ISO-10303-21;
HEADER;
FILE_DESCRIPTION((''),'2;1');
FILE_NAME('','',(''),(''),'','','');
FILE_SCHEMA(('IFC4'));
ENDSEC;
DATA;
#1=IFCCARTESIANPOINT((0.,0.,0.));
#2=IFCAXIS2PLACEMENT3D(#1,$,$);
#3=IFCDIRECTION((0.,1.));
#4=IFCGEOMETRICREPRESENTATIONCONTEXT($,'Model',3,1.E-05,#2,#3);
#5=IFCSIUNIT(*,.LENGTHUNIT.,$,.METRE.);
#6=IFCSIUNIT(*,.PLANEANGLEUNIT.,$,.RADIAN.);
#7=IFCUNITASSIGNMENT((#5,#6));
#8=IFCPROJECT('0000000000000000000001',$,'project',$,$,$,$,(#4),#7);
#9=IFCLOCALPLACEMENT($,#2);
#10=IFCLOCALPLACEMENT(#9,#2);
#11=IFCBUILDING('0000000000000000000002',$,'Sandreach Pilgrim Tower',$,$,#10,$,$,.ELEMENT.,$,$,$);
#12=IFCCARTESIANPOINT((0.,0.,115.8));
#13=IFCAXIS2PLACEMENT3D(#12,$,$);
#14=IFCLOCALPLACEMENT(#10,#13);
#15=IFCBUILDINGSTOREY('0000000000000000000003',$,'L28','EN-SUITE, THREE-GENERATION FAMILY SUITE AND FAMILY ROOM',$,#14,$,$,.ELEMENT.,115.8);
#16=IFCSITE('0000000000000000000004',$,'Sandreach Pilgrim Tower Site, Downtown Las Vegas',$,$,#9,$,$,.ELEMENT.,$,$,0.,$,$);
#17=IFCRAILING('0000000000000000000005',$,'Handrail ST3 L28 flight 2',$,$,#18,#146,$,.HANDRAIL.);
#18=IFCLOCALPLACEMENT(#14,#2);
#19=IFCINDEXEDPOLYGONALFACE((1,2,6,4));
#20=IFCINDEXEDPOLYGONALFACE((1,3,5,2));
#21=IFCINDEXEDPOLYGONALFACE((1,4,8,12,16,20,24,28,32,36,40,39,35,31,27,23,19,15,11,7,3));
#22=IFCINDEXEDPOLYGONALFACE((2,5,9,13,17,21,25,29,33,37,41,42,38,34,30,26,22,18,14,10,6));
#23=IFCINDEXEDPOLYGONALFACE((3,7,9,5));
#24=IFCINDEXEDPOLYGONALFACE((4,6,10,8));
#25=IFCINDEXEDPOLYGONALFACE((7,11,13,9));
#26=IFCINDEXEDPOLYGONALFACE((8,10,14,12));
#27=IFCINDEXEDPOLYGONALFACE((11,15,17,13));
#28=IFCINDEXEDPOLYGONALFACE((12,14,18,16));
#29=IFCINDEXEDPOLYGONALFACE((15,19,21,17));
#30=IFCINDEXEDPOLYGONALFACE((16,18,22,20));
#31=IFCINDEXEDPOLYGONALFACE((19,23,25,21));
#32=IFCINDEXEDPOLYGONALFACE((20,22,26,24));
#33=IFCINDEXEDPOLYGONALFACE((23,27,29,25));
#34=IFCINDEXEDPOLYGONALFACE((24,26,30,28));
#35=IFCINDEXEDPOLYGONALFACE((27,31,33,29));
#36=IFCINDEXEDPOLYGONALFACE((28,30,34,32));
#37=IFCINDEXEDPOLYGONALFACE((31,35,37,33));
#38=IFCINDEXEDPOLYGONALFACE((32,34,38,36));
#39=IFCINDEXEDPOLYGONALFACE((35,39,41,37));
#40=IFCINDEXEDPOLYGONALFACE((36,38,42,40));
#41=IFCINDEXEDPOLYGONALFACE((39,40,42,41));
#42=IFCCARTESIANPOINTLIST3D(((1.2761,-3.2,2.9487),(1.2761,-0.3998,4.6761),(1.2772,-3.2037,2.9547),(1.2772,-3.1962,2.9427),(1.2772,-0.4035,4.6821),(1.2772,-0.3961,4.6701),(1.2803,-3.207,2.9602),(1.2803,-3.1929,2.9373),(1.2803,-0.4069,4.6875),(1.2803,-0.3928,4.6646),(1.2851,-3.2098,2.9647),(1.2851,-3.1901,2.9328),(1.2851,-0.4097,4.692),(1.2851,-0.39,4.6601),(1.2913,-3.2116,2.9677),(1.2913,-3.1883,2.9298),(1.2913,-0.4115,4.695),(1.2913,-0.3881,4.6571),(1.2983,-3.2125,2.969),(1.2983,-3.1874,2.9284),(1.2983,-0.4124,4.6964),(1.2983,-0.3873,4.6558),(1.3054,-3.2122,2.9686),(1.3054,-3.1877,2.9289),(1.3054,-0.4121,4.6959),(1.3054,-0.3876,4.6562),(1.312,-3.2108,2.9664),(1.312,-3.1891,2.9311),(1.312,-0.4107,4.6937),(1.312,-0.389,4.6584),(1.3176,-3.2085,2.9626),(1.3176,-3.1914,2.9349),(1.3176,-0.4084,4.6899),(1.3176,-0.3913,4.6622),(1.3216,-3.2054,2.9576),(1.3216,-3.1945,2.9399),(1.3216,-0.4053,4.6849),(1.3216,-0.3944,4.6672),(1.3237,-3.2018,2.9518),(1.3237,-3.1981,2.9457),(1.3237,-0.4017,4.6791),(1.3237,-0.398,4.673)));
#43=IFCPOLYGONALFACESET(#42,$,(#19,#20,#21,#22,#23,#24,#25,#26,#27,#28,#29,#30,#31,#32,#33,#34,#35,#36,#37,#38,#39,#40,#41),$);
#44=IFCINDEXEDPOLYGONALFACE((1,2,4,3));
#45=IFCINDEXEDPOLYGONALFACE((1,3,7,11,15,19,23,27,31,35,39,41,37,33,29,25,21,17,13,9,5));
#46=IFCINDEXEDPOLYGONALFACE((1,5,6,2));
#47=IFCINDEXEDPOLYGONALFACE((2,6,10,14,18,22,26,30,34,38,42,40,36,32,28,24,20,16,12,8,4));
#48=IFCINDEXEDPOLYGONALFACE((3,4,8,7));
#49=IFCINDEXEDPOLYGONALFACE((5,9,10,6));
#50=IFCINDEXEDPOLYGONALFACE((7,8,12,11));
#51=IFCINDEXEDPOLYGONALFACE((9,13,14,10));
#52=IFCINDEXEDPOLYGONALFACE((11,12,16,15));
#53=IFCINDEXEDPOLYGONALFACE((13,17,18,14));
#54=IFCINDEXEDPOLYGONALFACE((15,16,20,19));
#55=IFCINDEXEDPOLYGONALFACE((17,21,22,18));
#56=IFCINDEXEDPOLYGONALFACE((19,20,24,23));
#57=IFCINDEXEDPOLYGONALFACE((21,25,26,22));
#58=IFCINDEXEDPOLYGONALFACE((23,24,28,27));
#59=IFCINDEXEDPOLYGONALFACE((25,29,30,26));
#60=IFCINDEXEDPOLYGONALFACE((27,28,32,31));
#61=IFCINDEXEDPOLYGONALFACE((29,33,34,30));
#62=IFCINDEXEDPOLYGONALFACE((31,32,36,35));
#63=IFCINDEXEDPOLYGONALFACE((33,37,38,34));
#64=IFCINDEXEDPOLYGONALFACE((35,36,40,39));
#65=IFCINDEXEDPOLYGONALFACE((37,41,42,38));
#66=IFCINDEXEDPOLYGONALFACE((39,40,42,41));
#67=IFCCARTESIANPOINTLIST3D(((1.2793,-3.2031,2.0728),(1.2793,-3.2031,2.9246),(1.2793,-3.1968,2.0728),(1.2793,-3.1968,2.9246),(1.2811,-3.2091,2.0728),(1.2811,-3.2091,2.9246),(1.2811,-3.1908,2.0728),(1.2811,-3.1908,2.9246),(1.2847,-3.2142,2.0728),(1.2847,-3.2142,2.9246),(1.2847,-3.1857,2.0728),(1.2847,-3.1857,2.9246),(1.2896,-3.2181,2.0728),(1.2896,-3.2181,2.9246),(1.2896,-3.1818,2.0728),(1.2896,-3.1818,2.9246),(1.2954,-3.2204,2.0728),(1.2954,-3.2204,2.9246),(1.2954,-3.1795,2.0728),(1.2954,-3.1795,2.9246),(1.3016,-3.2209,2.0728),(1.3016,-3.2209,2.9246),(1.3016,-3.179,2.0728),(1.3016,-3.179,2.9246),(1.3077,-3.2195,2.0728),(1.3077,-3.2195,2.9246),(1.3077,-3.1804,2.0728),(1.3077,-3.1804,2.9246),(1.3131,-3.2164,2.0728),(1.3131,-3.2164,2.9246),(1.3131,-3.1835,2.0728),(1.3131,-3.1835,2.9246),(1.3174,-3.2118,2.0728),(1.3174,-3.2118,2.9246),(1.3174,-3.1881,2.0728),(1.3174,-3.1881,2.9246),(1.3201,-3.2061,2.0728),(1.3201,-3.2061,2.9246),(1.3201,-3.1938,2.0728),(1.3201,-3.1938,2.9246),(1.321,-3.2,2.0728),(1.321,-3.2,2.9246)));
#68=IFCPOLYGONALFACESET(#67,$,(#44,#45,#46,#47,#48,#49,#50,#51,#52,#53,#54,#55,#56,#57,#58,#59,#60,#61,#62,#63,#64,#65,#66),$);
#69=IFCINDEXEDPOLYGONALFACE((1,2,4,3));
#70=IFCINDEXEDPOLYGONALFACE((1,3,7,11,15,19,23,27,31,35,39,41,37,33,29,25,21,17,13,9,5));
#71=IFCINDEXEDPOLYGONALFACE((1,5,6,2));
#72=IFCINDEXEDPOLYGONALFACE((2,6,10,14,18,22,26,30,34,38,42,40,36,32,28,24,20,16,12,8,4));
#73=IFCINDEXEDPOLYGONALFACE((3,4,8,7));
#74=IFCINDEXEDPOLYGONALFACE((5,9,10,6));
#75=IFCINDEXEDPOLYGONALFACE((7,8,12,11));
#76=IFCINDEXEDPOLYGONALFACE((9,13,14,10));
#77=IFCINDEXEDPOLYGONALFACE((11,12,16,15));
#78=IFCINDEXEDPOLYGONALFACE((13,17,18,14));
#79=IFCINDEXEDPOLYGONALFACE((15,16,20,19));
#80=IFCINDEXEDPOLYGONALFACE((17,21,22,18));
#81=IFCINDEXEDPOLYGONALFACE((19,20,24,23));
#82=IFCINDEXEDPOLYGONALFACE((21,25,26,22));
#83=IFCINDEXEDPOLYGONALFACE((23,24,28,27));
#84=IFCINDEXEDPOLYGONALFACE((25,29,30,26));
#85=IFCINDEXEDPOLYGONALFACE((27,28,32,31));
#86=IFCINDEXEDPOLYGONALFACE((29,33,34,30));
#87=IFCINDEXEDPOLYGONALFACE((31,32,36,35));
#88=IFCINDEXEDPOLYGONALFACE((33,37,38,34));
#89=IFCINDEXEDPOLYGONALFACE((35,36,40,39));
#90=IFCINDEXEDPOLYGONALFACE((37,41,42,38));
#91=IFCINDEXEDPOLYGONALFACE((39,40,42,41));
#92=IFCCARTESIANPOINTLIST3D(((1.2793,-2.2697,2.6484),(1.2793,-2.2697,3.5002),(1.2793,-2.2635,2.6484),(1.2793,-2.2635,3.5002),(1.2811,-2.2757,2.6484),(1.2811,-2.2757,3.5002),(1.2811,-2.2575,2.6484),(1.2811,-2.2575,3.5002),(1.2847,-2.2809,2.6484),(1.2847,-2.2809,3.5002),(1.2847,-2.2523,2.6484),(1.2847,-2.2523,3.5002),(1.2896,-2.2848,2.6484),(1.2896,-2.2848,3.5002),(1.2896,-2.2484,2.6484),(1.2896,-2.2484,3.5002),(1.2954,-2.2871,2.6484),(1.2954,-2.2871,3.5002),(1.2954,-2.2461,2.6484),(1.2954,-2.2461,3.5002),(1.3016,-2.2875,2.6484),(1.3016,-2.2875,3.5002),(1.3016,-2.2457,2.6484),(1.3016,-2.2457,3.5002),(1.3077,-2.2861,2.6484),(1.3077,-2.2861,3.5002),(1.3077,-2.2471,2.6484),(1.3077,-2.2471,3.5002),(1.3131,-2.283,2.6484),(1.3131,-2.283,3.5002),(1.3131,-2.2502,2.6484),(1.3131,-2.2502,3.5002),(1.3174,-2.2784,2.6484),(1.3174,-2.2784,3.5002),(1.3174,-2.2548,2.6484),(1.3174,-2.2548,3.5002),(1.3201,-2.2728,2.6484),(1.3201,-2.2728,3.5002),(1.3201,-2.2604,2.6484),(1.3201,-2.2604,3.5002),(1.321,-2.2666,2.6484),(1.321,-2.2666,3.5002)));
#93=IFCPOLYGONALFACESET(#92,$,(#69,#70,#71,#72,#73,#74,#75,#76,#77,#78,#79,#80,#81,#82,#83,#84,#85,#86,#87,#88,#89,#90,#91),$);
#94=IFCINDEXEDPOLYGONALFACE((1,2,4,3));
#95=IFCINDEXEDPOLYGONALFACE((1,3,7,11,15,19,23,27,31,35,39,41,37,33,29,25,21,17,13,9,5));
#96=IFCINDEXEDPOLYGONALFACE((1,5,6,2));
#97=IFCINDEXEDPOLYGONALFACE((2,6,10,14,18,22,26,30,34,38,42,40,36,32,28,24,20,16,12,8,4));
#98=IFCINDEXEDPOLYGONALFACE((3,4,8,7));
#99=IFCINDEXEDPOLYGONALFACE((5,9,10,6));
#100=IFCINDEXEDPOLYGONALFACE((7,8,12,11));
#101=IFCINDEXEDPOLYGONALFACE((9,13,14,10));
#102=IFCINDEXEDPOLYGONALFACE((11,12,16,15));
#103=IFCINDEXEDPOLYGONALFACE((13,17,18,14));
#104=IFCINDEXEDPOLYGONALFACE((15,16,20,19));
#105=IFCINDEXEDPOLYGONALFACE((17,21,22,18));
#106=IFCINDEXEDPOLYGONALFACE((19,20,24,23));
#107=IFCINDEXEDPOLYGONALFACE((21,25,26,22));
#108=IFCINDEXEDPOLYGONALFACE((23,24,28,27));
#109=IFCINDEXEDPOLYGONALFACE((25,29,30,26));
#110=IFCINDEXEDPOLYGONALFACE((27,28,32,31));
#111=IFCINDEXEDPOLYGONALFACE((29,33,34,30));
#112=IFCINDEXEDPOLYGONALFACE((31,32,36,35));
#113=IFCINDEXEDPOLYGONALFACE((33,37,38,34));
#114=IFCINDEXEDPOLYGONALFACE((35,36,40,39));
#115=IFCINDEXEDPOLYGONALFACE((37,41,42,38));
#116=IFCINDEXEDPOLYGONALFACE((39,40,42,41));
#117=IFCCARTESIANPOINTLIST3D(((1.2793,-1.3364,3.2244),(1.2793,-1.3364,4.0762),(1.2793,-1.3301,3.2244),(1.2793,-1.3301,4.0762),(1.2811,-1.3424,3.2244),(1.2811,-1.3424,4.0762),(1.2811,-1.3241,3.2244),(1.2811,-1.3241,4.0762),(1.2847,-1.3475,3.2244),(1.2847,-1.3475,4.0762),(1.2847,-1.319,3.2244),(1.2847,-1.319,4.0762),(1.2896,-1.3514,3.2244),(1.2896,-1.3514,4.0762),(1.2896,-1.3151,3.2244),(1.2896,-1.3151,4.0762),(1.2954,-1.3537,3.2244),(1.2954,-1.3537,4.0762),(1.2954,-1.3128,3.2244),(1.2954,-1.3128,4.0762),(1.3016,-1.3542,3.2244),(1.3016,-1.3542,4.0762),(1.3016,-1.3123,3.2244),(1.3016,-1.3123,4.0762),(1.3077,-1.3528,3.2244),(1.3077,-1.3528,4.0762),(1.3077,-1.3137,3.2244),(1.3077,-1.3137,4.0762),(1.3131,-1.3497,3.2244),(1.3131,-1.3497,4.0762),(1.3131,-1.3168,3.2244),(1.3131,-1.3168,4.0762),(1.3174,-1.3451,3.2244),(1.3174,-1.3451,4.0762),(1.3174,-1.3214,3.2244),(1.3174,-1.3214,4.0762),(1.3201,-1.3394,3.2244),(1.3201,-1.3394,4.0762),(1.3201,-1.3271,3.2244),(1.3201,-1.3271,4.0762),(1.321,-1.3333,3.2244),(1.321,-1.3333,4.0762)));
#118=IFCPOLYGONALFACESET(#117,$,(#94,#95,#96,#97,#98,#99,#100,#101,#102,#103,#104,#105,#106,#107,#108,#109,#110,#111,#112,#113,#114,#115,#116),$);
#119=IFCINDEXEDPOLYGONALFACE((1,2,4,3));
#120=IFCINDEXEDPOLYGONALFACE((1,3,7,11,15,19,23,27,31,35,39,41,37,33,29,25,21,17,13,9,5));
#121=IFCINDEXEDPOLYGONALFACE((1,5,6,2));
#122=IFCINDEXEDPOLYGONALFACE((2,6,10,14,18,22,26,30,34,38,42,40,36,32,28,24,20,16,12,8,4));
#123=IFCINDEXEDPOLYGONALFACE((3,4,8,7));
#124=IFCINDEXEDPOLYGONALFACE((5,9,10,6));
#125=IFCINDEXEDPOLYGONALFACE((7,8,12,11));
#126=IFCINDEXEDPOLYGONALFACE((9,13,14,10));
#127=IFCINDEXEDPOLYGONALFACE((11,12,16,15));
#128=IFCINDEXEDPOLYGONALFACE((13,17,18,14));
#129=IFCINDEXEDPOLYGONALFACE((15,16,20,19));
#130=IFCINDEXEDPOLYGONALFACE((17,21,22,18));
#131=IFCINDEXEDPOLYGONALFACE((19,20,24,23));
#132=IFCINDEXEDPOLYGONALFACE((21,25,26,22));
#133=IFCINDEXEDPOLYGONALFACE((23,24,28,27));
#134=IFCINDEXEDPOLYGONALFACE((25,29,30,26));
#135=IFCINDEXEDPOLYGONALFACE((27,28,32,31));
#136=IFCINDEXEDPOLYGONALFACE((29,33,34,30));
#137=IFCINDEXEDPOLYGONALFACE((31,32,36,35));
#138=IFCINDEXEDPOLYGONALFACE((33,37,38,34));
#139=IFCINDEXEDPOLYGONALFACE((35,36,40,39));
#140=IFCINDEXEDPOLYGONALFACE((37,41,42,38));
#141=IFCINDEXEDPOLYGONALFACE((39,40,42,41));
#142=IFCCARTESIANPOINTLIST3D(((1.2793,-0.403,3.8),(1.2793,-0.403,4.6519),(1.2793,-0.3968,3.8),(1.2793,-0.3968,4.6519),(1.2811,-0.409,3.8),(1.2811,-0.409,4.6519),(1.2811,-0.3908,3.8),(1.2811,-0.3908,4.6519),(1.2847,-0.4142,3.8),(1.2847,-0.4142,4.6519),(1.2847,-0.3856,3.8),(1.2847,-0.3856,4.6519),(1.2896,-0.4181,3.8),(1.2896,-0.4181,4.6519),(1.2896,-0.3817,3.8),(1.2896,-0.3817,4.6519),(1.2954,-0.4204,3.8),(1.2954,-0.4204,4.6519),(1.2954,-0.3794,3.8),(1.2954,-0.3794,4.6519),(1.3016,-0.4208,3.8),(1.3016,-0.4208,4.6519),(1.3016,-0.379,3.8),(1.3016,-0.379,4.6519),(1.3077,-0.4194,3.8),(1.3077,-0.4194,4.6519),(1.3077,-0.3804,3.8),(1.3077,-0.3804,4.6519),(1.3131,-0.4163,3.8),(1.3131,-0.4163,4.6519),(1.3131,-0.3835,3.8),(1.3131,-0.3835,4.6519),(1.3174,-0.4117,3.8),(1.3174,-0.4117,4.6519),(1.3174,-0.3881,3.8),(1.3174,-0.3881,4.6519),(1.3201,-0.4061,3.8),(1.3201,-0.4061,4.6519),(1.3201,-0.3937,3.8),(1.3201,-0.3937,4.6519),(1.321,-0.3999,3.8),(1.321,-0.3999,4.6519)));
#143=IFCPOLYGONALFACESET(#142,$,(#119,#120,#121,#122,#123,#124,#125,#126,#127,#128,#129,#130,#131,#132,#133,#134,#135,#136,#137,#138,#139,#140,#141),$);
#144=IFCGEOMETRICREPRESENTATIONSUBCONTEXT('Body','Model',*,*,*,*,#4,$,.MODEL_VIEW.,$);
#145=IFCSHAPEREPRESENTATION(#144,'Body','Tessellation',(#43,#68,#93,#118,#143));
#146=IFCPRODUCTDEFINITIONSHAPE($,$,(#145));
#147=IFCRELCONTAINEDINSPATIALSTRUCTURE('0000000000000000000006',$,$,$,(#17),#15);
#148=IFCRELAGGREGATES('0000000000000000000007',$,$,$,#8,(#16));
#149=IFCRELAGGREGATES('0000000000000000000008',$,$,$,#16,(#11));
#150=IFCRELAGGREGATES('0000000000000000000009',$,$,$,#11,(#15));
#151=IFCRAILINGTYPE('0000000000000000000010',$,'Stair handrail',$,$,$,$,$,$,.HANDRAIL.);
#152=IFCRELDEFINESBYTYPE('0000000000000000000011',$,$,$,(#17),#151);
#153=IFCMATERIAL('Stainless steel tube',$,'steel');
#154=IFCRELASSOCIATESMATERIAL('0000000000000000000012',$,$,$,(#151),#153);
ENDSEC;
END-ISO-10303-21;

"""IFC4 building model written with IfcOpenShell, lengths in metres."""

from ifc_helpers import new_model, si_unit, direction, frame, origin, origin_2d, place, context, subcontext, project, spatial, circle, extrude, material, type_object, element, save


model = new_model("IFC4")

# Units and contexts
model_context = context("Model", 3, precision=1e-05, world=origin(), true_north=direction((0.0, 1.0)))
body_context = subcontext(model_context, "Body", "Model", "MODEL_VIEW")
ifc_project = project(units=[si_unit("LENGTHUNIT", "METRE"), si_unit("PLANEANGLEUNIT", "RADIAN")], contexts=[model_context])

# Site, building, storey
site_placement = place(None, origin())
site = spatial("IfcSite", under=ifc_project, at=site_placement, Name="Sandreach Pilgrim Tower Site, Downtown Las Vegas", CompositionType="ELEMENT", RefElevation=0.0)
building_placement = place(site_placement, origin())
building = spatial("IfcBuilding", under=site, at=building_placement, Name="Sandreach Pilgrim Tower", CompositionType="ELEMENT")
storey_placement = place(building_placement, frame((0.0, 0.0, 115.8)))
storey = spatial("IfcBuildingStorey", under=building, at=storey_placement, Name="L28", Description="EN-SUITE, THREE-GENERATION FAMILY SUITE AND FAMILY ROOM", CompositionType="ELEMENT", Elevation=115.8)

# Railing
ifc_material_1 = material(Name="Stainless steel tube", Category="steel")
railing_type = type_object("IfcRailingType", Name="Stair handrail", PredefinedType="HANDRAIL", material=ifc_material_1)
for number, where, name in (
    (1, (1.3, -3.2, 2.0728), "Handrail ST3 L28 flight 2"),
):
    element("IfcRailing", number, at=place(storey_placement, frame(where)), inside=storey, type_object=railing_type, Name=name, PredefinedType="HANDRAIL", context=body_context, shape_type="SweptSolid", body=[
        extrude(circle(Radius=0.0239, at=origin_2d()), frame((0.0, 0.0, 0.876), z_axis=(0.0, 0.85109, 0.52502), x_axis=(-1.0, 0.0, 0.0)), (0.0, 0.0, 1.0), 3.29),
        extrude(circle(Radius=0.021, at=origin_2d()), origin(), (0.0, 0.0, 1.0), 0.8518),
        extrude(circle(Radius=0.021, at=origin_2d()), frame((0.0, 0.9333, 0.5757)), (0.0, 0.0, 1.0), 0.8518),
        extrude(circle(Radius=0.021, at=origin_2d()), frame((0.0, 1.8667, 1.1516)), (0.0, 0.0, 1.0), 0.8518),
        extrude(circle(Radius=0.021, at=origin_2d()), frame((0.0, 2.8, 1.7273)), (0.0, 0.0, 1.0), 0.8518),
    ])

save(model, "model.ifc")
